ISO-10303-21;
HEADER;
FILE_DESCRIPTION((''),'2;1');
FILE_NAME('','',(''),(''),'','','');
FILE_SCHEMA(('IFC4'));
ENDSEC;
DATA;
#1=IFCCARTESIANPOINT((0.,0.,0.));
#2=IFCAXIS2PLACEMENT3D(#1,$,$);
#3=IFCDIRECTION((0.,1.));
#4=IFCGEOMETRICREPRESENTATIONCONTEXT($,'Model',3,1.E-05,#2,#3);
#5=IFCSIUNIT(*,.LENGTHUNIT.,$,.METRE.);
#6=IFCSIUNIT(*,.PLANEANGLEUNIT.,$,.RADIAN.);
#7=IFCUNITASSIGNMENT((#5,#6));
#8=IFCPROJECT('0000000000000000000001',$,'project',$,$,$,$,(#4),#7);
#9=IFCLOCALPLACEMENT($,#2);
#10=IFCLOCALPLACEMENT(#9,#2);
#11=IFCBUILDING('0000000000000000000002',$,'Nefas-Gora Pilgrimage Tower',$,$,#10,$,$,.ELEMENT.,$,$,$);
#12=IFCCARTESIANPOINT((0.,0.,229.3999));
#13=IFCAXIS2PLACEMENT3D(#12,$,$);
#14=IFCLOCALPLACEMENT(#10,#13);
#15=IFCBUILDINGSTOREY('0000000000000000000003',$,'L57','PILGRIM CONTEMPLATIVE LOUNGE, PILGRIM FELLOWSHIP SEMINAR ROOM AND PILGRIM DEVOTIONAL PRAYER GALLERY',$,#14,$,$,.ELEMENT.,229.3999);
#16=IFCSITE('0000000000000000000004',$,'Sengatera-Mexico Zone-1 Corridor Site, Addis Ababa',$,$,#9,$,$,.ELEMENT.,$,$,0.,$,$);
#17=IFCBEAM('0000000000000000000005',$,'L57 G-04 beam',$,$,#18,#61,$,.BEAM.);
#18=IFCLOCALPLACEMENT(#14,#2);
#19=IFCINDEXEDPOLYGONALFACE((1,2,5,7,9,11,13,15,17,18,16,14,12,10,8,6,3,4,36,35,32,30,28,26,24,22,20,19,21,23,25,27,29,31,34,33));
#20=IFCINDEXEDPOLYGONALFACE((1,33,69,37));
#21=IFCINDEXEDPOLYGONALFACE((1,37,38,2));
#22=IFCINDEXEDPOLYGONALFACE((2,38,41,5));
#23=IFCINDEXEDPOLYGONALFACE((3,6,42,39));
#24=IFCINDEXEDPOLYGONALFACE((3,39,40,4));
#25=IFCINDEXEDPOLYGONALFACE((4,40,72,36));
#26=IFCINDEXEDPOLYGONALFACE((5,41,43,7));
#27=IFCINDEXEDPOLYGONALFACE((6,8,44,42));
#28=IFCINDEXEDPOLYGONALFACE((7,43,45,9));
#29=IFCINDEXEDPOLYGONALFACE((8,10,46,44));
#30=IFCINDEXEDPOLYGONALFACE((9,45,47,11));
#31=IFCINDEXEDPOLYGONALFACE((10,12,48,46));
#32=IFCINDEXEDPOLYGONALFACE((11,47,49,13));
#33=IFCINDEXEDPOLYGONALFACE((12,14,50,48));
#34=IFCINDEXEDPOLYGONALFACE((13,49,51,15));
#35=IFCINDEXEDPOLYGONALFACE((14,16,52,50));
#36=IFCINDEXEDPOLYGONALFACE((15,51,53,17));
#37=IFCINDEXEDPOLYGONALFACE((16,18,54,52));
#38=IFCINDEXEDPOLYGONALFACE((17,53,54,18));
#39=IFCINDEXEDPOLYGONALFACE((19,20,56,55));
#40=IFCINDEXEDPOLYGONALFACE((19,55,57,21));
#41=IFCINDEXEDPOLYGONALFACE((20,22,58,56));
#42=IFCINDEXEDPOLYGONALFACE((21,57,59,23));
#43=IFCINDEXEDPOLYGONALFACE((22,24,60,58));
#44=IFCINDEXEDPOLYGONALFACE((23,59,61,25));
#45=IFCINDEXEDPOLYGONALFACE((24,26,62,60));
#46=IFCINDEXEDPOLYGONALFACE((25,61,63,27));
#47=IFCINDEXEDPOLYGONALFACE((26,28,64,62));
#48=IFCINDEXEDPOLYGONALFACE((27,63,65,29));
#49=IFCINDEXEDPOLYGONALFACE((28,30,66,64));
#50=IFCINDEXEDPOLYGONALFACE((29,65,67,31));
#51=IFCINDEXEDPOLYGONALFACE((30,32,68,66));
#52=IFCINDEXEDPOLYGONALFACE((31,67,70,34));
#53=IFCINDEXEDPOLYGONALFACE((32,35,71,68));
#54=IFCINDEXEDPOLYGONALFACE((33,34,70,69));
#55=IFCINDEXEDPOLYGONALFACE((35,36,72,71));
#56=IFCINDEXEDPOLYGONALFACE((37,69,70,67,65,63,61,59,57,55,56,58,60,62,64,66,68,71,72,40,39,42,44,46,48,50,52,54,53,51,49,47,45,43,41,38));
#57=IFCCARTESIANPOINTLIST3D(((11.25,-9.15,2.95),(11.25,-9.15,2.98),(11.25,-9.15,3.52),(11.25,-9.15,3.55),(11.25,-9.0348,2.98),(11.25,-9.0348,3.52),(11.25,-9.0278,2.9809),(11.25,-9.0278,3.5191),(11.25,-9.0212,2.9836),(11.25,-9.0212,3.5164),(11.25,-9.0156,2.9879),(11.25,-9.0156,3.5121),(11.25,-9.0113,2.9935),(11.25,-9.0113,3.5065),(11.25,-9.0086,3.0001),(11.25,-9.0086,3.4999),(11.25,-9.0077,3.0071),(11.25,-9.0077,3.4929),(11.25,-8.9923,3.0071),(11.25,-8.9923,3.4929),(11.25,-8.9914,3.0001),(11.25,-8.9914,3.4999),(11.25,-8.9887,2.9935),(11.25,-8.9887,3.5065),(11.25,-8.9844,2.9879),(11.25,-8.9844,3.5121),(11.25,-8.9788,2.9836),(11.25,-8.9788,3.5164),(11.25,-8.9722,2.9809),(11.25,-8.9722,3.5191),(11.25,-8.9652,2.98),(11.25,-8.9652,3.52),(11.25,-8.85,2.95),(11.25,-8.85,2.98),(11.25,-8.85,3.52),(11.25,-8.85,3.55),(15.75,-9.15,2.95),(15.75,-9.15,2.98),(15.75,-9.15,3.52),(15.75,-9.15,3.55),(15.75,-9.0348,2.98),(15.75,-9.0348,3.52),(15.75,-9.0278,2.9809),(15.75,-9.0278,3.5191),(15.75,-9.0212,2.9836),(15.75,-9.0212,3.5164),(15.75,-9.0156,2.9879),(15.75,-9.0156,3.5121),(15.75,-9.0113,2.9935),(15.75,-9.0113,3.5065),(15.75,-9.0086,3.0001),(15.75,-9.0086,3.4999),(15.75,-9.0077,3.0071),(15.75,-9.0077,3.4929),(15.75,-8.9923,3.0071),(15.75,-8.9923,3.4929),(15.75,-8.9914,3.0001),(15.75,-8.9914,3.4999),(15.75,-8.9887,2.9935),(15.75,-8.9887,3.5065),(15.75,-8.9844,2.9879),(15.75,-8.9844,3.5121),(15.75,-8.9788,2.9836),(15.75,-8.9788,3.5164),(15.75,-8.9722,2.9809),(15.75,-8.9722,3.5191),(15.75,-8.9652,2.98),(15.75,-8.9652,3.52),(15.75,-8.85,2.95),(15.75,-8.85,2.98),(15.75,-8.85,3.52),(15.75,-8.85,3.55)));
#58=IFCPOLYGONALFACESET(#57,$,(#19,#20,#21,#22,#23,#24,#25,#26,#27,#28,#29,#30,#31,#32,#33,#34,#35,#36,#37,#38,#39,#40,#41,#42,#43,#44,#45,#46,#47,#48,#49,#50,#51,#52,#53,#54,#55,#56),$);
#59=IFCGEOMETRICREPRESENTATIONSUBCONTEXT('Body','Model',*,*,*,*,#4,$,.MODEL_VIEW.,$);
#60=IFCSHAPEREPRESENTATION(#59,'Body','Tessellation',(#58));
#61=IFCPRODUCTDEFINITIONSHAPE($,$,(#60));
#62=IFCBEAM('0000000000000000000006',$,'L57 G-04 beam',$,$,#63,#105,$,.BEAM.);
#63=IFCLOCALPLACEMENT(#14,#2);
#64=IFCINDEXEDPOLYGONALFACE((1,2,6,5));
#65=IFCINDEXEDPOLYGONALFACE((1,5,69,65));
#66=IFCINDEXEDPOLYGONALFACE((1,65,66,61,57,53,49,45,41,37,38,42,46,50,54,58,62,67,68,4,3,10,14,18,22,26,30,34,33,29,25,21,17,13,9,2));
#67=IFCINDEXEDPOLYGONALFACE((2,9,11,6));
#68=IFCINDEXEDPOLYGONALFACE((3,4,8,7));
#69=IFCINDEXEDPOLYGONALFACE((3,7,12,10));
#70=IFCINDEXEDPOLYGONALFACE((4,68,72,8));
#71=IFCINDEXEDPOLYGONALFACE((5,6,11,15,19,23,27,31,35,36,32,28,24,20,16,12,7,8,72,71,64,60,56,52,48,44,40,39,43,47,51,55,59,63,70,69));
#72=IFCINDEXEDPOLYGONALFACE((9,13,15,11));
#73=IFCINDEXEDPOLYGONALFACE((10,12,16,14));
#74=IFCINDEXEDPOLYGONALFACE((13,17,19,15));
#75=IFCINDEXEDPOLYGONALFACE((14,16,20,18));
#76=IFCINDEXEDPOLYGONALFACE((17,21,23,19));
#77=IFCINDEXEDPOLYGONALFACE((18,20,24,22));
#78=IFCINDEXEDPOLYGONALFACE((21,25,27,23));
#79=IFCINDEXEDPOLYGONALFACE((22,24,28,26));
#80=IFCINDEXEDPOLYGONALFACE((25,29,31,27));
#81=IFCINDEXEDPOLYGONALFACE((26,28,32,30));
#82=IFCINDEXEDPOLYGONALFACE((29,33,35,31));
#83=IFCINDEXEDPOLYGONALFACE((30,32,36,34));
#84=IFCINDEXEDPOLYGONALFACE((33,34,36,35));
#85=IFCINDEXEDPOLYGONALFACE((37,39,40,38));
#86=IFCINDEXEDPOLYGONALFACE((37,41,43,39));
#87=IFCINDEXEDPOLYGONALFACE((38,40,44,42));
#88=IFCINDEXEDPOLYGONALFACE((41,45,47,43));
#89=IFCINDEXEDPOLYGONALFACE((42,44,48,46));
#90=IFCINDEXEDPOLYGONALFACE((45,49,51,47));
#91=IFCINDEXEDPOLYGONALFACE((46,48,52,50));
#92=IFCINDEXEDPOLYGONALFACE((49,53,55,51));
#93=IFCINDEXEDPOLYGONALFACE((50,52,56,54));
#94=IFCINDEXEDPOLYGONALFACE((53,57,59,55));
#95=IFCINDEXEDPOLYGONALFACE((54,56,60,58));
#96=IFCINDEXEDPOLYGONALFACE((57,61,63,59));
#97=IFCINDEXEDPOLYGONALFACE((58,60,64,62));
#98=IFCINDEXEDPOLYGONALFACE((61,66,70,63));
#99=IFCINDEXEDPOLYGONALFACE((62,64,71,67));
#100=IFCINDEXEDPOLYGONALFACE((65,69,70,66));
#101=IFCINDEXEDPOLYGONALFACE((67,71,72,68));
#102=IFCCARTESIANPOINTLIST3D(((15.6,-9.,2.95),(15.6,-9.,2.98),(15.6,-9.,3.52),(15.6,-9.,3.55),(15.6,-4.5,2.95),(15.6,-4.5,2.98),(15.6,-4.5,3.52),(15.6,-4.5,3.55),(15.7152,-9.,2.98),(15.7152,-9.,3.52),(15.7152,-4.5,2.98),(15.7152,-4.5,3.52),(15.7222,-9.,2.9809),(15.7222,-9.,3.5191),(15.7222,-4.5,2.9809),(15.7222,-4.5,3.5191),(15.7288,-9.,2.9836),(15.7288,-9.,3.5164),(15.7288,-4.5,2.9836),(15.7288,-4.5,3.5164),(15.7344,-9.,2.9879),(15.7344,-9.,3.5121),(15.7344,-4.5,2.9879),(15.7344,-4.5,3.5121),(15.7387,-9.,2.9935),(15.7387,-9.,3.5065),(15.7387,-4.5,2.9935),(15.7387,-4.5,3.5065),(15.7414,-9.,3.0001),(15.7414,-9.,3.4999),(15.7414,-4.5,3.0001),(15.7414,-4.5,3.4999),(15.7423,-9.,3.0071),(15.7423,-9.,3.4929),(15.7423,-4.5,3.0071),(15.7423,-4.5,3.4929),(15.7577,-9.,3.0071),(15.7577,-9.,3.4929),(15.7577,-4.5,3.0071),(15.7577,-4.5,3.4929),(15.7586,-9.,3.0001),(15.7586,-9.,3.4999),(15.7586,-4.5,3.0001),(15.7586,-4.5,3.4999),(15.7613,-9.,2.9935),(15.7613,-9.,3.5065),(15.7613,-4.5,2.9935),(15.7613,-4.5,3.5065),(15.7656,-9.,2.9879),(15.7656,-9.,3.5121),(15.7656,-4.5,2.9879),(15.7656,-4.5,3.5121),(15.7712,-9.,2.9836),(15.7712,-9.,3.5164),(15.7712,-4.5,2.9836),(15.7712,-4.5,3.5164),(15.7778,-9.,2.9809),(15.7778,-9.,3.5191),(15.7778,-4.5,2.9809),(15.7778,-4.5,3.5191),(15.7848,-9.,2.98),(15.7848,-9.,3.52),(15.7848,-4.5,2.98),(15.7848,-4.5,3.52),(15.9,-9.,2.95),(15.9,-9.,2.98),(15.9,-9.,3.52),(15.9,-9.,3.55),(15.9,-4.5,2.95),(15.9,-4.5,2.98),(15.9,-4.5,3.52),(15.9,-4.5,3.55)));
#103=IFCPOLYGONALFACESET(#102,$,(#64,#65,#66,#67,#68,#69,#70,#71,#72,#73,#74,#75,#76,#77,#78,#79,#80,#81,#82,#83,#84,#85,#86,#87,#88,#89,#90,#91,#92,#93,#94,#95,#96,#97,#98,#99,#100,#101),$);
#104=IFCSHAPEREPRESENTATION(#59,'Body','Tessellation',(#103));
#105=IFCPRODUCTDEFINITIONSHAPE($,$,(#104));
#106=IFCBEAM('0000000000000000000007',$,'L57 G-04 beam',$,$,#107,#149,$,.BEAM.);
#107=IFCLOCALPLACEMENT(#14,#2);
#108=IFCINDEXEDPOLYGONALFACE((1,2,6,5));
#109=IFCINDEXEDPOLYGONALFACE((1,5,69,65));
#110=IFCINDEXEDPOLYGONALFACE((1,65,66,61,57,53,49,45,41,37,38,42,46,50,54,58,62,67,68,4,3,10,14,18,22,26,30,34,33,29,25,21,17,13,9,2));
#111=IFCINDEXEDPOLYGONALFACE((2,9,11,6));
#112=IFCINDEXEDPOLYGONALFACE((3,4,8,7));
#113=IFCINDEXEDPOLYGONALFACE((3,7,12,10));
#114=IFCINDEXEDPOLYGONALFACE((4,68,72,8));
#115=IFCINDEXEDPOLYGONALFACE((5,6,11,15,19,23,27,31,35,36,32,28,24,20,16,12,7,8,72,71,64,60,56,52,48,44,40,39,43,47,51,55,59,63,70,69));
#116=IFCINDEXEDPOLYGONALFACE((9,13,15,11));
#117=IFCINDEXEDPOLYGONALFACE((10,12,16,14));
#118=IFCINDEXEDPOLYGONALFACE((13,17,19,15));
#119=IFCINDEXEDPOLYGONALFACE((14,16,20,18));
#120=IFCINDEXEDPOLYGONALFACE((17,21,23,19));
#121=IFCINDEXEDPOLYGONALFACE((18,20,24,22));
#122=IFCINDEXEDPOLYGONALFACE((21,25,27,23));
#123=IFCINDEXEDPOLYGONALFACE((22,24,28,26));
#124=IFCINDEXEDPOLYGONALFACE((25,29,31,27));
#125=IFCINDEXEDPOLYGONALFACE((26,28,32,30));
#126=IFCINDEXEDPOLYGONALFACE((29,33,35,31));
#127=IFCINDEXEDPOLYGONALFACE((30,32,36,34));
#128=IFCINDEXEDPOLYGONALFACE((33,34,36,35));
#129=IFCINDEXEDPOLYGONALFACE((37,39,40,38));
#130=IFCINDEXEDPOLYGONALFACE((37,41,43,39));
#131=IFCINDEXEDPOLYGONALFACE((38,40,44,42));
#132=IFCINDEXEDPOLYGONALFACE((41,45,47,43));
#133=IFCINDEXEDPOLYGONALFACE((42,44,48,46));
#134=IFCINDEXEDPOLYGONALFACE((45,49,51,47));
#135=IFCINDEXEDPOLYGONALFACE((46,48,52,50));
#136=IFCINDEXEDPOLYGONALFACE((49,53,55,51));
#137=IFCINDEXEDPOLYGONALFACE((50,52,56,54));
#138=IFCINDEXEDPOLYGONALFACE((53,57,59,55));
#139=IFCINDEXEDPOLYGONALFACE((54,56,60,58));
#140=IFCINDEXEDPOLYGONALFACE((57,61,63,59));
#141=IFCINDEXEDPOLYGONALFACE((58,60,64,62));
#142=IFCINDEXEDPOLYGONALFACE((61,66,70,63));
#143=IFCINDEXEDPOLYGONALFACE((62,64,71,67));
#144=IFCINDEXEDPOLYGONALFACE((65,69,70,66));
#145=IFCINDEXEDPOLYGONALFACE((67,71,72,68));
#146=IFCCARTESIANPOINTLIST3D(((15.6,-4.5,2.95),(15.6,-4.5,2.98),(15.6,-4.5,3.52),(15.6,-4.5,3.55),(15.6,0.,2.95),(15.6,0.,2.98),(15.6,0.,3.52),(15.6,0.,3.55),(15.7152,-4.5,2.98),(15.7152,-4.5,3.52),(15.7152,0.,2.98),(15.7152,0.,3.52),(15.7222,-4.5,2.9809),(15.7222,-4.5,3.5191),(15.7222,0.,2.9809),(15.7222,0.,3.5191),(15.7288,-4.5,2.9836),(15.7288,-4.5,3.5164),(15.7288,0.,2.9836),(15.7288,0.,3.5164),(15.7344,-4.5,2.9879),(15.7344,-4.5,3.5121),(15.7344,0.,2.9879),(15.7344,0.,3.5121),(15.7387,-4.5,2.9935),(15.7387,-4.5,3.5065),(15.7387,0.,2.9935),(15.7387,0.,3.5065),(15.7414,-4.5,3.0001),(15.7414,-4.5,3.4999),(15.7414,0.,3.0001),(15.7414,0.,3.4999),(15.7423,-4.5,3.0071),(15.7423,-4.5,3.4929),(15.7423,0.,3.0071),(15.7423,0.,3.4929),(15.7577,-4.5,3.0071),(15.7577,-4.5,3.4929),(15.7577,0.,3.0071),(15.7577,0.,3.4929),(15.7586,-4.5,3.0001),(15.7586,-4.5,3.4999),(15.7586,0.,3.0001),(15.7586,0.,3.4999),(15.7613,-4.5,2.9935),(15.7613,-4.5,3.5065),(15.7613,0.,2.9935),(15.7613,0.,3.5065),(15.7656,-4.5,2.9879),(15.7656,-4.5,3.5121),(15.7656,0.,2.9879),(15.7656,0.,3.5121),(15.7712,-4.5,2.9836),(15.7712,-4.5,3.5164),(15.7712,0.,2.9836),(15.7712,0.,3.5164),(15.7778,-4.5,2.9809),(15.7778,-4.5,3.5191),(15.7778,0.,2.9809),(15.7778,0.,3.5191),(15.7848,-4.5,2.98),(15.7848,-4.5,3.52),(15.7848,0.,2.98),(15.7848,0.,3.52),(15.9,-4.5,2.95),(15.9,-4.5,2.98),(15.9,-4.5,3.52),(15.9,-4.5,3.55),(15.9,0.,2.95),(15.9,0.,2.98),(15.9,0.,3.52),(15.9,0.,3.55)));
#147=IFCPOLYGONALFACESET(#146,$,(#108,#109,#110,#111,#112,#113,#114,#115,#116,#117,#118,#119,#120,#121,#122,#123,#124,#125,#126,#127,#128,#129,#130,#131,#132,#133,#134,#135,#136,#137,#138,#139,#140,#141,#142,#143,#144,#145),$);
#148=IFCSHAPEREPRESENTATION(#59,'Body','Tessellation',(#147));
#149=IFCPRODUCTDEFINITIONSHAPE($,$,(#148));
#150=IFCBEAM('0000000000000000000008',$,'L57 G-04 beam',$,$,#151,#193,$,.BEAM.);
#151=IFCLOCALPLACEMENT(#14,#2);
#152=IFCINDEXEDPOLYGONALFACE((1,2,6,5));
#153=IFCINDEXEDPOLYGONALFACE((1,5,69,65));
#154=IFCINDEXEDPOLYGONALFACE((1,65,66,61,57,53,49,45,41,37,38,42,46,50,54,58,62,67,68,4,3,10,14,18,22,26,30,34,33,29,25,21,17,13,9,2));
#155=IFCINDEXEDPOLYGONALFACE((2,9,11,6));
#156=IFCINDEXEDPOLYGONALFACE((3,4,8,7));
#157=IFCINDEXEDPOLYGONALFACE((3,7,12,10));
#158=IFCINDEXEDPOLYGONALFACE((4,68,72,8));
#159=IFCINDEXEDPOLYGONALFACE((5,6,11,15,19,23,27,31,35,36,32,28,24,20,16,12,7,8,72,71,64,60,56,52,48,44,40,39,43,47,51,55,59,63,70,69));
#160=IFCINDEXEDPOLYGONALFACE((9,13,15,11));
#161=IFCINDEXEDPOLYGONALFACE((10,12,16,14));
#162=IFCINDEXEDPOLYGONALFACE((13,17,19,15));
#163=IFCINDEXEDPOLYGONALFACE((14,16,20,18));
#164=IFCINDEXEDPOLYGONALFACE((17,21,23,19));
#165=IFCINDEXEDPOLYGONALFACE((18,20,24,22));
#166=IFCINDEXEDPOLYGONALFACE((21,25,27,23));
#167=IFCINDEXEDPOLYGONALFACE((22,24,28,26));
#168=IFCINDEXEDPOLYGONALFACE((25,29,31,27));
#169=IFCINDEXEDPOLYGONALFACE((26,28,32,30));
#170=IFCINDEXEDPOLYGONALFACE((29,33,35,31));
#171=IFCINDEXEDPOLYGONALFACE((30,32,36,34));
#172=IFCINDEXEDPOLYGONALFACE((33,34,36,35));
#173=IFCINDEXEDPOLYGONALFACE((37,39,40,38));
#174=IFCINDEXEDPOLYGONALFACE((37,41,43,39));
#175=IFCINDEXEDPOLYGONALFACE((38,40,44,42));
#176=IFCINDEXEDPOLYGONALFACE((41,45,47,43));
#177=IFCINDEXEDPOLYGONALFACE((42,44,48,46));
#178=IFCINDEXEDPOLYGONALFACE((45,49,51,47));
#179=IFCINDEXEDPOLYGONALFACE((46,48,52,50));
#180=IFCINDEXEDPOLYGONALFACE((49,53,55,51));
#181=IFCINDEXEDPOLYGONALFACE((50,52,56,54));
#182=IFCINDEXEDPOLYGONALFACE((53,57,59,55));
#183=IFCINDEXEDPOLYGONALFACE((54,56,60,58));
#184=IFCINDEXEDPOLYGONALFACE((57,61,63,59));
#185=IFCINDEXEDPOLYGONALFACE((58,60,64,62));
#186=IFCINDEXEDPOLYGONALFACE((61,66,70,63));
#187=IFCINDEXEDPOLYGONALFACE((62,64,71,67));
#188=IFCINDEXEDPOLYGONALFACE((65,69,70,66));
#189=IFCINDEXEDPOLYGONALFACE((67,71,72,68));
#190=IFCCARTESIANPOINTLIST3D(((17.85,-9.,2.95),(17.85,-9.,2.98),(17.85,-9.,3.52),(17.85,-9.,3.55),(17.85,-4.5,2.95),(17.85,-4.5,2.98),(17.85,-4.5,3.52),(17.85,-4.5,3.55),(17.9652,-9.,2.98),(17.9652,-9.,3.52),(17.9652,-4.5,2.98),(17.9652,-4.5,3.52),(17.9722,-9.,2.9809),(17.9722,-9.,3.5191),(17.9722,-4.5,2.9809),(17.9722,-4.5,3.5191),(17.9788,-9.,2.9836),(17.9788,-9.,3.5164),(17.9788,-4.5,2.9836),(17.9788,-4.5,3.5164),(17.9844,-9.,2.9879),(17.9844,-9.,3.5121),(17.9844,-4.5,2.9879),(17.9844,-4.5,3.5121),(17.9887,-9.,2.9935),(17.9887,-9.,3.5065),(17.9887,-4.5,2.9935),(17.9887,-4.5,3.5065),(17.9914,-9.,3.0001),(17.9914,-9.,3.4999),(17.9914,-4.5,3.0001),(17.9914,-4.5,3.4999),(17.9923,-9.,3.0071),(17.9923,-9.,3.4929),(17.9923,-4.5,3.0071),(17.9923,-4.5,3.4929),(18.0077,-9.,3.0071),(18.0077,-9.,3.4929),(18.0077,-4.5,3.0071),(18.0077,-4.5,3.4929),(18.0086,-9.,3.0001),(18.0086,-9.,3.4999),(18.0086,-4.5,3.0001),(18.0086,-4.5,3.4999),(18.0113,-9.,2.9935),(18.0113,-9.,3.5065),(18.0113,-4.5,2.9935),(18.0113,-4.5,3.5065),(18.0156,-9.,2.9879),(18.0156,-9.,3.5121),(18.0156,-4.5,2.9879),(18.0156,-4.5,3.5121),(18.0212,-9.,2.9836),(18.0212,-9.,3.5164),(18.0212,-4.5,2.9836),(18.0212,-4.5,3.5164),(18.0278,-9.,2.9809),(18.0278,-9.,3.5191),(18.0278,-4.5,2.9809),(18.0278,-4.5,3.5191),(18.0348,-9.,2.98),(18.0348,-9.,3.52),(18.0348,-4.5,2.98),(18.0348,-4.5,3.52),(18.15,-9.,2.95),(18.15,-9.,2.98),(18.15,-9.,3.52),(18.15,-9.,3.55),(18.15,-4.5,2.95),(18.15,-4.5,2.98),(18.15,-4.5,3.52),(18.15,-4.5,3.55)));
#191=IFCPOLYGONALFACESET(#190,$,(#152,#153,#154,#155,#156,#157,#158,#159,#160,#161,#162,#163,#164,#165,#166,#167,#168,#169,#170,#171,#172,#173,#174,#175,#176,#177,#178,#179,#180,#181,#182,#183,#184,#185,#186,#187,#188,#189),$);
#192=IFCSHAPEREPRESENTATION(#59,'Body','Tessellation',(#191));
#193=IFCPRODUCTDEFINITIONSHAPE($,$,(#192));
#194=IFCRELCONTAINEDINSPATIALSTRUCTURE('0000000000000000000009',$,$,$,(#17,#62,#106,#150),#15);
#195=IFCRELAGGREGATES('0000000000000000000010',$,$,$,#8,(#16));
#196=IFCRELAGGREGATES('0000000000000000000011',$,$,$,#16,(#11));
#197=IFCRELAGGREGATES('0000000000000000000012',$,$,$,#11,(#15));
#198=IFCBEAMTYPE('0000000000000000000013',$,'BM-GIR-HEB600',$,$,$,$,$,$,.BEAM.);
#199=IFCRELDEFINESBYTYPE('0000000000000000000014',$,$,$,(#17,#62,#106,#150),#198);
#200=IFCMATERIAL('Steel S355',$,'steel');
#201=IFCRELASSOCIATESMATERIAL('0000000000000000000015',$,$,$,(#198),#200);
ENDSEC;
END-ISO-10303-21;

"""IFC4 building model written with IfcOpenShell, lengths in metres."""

from ifc_helpers import new_model, si_unit, direction, frame, origin, origin_2d, place, context, subcontext, project, spatial, i_section, extrude, source, transform, mapped, material, material_profile, profile_set, type_object, element, save


model = new_model("IFC4")

# Units and contexts
model_context = context("Model", 3, precision=1e-05, world=origin(), true_north=direction((0.0, 1.0)))
body_context = subcontext(model_context, "Body", "Model", "MODEL_VIEW")
ifc_project = project(units=[si_unit("LENGTHUNIT", "METRE"), si_unit("PLANEANGLEUNIT", "RADIAN")], contexts=[model_context])

# Site, building, storey
site_placement = place(None, origin())
site = spatial("IfcSite", under=ifc_project, at=site_placement, Name="Sengatera-Mexico Zone-1 Corridor Site, Addis Ababa", CompositionType="ELEMENT", RefElevation=0.0)
building_placement = place(site_placement, origin())
building = spatial("IfcBuilding", under=site, at=building_placement, Name="Nefas-Gora Pilgrimage Tower", CompositionType="ELEMENT")
storey_placement = place(building_placement, frame((0.0, 0.0, 229.3999)))
storey = spatial("IfcBuildingStorey", under=building, at=storey_placement, Name="L57", Description="PILGRIM CONTEMPLATIVE LOUNGE, PILGRIM FELLOWSHIP SEMINAR ROOM AND PILGRIM DEVOTIONAL PRAYER GALLERY", CompositionType="ELEMENT", Elevation=229.3999)

# Beams
ifc_material_1 = material(Name="Steel S355", Category="steel")
ifc_material_profile_1 = material_profile(ifc_material_1, i_section(OverallWidth=0.3, OverallDepth=0.6001, WebThickness=0.0154, FlangeThickness=0.03, FilletRadius=0.0271, at=origin_2d()), Name="HEB 600")
ifc_profile_set_1 = profile_set([ifc_material_profile_1], Name="Steel S355")
beam_type_1 = type_object("IfcBeamType", Name="BM-GIR-HEB600", PredefinedType="BEAM", material=ifc_profile_set_1)
shared_shape_1 = source(origin(), body_context, "Body", "SweptSolid", [
    extrude(i_section(OverallWidth=0.3, OverallDepth=0.6001, WebThickness=0.0154, FlangeThickness=0.03, FilletRadius=0.0271, at=origin_2d()), origin(), (0.0, 0.0, 1.0), 4.5),
])
for number, where, z_axis, x_axis, name in (
    (1, (11.25, -9.0, 3.25), (1.0, 0.0, 0.0), (0.0, 1.0, 0.0), "L57 G-04 beam"),
    (2, (15.75, -9.0, 3.25), (0.0, 1.0, 0.0), (-1.0, 0.0, 0.0), "L57 G-04 beam"),
    (3, (15.75, -4.5, 3.25), (0.0, 1.0, 0.0), (-1.0, 0.0, 0.0), "L57 G-04 beam"),
    (4, (18.0, -9.0, 3.25), (0.0, 1.0, 0.0), (-1.0, 0.0, 0.0), "L57 G-04 beam"),
):
    element("IfcBeam", number, at=place(storey_placement, frame(where, z_axis=z_axis, x_axis=x_axis)), inside=storey, type_object=beam_type_1, Name=name, PredefinedType="BEAM", context=body_context, shape_type="MappedRepresentation", body=[
        mapped(shared_shape_1, transform((0.0, 0.0, 0.0), x_axis=(1.0, 0.0, 0.0), y_axis=(0.0, 1.0, 0.0), z_axis=(0.0, 0.0, 1.0), scale=1.0)),
    ])

save(model, "model.ifc")
